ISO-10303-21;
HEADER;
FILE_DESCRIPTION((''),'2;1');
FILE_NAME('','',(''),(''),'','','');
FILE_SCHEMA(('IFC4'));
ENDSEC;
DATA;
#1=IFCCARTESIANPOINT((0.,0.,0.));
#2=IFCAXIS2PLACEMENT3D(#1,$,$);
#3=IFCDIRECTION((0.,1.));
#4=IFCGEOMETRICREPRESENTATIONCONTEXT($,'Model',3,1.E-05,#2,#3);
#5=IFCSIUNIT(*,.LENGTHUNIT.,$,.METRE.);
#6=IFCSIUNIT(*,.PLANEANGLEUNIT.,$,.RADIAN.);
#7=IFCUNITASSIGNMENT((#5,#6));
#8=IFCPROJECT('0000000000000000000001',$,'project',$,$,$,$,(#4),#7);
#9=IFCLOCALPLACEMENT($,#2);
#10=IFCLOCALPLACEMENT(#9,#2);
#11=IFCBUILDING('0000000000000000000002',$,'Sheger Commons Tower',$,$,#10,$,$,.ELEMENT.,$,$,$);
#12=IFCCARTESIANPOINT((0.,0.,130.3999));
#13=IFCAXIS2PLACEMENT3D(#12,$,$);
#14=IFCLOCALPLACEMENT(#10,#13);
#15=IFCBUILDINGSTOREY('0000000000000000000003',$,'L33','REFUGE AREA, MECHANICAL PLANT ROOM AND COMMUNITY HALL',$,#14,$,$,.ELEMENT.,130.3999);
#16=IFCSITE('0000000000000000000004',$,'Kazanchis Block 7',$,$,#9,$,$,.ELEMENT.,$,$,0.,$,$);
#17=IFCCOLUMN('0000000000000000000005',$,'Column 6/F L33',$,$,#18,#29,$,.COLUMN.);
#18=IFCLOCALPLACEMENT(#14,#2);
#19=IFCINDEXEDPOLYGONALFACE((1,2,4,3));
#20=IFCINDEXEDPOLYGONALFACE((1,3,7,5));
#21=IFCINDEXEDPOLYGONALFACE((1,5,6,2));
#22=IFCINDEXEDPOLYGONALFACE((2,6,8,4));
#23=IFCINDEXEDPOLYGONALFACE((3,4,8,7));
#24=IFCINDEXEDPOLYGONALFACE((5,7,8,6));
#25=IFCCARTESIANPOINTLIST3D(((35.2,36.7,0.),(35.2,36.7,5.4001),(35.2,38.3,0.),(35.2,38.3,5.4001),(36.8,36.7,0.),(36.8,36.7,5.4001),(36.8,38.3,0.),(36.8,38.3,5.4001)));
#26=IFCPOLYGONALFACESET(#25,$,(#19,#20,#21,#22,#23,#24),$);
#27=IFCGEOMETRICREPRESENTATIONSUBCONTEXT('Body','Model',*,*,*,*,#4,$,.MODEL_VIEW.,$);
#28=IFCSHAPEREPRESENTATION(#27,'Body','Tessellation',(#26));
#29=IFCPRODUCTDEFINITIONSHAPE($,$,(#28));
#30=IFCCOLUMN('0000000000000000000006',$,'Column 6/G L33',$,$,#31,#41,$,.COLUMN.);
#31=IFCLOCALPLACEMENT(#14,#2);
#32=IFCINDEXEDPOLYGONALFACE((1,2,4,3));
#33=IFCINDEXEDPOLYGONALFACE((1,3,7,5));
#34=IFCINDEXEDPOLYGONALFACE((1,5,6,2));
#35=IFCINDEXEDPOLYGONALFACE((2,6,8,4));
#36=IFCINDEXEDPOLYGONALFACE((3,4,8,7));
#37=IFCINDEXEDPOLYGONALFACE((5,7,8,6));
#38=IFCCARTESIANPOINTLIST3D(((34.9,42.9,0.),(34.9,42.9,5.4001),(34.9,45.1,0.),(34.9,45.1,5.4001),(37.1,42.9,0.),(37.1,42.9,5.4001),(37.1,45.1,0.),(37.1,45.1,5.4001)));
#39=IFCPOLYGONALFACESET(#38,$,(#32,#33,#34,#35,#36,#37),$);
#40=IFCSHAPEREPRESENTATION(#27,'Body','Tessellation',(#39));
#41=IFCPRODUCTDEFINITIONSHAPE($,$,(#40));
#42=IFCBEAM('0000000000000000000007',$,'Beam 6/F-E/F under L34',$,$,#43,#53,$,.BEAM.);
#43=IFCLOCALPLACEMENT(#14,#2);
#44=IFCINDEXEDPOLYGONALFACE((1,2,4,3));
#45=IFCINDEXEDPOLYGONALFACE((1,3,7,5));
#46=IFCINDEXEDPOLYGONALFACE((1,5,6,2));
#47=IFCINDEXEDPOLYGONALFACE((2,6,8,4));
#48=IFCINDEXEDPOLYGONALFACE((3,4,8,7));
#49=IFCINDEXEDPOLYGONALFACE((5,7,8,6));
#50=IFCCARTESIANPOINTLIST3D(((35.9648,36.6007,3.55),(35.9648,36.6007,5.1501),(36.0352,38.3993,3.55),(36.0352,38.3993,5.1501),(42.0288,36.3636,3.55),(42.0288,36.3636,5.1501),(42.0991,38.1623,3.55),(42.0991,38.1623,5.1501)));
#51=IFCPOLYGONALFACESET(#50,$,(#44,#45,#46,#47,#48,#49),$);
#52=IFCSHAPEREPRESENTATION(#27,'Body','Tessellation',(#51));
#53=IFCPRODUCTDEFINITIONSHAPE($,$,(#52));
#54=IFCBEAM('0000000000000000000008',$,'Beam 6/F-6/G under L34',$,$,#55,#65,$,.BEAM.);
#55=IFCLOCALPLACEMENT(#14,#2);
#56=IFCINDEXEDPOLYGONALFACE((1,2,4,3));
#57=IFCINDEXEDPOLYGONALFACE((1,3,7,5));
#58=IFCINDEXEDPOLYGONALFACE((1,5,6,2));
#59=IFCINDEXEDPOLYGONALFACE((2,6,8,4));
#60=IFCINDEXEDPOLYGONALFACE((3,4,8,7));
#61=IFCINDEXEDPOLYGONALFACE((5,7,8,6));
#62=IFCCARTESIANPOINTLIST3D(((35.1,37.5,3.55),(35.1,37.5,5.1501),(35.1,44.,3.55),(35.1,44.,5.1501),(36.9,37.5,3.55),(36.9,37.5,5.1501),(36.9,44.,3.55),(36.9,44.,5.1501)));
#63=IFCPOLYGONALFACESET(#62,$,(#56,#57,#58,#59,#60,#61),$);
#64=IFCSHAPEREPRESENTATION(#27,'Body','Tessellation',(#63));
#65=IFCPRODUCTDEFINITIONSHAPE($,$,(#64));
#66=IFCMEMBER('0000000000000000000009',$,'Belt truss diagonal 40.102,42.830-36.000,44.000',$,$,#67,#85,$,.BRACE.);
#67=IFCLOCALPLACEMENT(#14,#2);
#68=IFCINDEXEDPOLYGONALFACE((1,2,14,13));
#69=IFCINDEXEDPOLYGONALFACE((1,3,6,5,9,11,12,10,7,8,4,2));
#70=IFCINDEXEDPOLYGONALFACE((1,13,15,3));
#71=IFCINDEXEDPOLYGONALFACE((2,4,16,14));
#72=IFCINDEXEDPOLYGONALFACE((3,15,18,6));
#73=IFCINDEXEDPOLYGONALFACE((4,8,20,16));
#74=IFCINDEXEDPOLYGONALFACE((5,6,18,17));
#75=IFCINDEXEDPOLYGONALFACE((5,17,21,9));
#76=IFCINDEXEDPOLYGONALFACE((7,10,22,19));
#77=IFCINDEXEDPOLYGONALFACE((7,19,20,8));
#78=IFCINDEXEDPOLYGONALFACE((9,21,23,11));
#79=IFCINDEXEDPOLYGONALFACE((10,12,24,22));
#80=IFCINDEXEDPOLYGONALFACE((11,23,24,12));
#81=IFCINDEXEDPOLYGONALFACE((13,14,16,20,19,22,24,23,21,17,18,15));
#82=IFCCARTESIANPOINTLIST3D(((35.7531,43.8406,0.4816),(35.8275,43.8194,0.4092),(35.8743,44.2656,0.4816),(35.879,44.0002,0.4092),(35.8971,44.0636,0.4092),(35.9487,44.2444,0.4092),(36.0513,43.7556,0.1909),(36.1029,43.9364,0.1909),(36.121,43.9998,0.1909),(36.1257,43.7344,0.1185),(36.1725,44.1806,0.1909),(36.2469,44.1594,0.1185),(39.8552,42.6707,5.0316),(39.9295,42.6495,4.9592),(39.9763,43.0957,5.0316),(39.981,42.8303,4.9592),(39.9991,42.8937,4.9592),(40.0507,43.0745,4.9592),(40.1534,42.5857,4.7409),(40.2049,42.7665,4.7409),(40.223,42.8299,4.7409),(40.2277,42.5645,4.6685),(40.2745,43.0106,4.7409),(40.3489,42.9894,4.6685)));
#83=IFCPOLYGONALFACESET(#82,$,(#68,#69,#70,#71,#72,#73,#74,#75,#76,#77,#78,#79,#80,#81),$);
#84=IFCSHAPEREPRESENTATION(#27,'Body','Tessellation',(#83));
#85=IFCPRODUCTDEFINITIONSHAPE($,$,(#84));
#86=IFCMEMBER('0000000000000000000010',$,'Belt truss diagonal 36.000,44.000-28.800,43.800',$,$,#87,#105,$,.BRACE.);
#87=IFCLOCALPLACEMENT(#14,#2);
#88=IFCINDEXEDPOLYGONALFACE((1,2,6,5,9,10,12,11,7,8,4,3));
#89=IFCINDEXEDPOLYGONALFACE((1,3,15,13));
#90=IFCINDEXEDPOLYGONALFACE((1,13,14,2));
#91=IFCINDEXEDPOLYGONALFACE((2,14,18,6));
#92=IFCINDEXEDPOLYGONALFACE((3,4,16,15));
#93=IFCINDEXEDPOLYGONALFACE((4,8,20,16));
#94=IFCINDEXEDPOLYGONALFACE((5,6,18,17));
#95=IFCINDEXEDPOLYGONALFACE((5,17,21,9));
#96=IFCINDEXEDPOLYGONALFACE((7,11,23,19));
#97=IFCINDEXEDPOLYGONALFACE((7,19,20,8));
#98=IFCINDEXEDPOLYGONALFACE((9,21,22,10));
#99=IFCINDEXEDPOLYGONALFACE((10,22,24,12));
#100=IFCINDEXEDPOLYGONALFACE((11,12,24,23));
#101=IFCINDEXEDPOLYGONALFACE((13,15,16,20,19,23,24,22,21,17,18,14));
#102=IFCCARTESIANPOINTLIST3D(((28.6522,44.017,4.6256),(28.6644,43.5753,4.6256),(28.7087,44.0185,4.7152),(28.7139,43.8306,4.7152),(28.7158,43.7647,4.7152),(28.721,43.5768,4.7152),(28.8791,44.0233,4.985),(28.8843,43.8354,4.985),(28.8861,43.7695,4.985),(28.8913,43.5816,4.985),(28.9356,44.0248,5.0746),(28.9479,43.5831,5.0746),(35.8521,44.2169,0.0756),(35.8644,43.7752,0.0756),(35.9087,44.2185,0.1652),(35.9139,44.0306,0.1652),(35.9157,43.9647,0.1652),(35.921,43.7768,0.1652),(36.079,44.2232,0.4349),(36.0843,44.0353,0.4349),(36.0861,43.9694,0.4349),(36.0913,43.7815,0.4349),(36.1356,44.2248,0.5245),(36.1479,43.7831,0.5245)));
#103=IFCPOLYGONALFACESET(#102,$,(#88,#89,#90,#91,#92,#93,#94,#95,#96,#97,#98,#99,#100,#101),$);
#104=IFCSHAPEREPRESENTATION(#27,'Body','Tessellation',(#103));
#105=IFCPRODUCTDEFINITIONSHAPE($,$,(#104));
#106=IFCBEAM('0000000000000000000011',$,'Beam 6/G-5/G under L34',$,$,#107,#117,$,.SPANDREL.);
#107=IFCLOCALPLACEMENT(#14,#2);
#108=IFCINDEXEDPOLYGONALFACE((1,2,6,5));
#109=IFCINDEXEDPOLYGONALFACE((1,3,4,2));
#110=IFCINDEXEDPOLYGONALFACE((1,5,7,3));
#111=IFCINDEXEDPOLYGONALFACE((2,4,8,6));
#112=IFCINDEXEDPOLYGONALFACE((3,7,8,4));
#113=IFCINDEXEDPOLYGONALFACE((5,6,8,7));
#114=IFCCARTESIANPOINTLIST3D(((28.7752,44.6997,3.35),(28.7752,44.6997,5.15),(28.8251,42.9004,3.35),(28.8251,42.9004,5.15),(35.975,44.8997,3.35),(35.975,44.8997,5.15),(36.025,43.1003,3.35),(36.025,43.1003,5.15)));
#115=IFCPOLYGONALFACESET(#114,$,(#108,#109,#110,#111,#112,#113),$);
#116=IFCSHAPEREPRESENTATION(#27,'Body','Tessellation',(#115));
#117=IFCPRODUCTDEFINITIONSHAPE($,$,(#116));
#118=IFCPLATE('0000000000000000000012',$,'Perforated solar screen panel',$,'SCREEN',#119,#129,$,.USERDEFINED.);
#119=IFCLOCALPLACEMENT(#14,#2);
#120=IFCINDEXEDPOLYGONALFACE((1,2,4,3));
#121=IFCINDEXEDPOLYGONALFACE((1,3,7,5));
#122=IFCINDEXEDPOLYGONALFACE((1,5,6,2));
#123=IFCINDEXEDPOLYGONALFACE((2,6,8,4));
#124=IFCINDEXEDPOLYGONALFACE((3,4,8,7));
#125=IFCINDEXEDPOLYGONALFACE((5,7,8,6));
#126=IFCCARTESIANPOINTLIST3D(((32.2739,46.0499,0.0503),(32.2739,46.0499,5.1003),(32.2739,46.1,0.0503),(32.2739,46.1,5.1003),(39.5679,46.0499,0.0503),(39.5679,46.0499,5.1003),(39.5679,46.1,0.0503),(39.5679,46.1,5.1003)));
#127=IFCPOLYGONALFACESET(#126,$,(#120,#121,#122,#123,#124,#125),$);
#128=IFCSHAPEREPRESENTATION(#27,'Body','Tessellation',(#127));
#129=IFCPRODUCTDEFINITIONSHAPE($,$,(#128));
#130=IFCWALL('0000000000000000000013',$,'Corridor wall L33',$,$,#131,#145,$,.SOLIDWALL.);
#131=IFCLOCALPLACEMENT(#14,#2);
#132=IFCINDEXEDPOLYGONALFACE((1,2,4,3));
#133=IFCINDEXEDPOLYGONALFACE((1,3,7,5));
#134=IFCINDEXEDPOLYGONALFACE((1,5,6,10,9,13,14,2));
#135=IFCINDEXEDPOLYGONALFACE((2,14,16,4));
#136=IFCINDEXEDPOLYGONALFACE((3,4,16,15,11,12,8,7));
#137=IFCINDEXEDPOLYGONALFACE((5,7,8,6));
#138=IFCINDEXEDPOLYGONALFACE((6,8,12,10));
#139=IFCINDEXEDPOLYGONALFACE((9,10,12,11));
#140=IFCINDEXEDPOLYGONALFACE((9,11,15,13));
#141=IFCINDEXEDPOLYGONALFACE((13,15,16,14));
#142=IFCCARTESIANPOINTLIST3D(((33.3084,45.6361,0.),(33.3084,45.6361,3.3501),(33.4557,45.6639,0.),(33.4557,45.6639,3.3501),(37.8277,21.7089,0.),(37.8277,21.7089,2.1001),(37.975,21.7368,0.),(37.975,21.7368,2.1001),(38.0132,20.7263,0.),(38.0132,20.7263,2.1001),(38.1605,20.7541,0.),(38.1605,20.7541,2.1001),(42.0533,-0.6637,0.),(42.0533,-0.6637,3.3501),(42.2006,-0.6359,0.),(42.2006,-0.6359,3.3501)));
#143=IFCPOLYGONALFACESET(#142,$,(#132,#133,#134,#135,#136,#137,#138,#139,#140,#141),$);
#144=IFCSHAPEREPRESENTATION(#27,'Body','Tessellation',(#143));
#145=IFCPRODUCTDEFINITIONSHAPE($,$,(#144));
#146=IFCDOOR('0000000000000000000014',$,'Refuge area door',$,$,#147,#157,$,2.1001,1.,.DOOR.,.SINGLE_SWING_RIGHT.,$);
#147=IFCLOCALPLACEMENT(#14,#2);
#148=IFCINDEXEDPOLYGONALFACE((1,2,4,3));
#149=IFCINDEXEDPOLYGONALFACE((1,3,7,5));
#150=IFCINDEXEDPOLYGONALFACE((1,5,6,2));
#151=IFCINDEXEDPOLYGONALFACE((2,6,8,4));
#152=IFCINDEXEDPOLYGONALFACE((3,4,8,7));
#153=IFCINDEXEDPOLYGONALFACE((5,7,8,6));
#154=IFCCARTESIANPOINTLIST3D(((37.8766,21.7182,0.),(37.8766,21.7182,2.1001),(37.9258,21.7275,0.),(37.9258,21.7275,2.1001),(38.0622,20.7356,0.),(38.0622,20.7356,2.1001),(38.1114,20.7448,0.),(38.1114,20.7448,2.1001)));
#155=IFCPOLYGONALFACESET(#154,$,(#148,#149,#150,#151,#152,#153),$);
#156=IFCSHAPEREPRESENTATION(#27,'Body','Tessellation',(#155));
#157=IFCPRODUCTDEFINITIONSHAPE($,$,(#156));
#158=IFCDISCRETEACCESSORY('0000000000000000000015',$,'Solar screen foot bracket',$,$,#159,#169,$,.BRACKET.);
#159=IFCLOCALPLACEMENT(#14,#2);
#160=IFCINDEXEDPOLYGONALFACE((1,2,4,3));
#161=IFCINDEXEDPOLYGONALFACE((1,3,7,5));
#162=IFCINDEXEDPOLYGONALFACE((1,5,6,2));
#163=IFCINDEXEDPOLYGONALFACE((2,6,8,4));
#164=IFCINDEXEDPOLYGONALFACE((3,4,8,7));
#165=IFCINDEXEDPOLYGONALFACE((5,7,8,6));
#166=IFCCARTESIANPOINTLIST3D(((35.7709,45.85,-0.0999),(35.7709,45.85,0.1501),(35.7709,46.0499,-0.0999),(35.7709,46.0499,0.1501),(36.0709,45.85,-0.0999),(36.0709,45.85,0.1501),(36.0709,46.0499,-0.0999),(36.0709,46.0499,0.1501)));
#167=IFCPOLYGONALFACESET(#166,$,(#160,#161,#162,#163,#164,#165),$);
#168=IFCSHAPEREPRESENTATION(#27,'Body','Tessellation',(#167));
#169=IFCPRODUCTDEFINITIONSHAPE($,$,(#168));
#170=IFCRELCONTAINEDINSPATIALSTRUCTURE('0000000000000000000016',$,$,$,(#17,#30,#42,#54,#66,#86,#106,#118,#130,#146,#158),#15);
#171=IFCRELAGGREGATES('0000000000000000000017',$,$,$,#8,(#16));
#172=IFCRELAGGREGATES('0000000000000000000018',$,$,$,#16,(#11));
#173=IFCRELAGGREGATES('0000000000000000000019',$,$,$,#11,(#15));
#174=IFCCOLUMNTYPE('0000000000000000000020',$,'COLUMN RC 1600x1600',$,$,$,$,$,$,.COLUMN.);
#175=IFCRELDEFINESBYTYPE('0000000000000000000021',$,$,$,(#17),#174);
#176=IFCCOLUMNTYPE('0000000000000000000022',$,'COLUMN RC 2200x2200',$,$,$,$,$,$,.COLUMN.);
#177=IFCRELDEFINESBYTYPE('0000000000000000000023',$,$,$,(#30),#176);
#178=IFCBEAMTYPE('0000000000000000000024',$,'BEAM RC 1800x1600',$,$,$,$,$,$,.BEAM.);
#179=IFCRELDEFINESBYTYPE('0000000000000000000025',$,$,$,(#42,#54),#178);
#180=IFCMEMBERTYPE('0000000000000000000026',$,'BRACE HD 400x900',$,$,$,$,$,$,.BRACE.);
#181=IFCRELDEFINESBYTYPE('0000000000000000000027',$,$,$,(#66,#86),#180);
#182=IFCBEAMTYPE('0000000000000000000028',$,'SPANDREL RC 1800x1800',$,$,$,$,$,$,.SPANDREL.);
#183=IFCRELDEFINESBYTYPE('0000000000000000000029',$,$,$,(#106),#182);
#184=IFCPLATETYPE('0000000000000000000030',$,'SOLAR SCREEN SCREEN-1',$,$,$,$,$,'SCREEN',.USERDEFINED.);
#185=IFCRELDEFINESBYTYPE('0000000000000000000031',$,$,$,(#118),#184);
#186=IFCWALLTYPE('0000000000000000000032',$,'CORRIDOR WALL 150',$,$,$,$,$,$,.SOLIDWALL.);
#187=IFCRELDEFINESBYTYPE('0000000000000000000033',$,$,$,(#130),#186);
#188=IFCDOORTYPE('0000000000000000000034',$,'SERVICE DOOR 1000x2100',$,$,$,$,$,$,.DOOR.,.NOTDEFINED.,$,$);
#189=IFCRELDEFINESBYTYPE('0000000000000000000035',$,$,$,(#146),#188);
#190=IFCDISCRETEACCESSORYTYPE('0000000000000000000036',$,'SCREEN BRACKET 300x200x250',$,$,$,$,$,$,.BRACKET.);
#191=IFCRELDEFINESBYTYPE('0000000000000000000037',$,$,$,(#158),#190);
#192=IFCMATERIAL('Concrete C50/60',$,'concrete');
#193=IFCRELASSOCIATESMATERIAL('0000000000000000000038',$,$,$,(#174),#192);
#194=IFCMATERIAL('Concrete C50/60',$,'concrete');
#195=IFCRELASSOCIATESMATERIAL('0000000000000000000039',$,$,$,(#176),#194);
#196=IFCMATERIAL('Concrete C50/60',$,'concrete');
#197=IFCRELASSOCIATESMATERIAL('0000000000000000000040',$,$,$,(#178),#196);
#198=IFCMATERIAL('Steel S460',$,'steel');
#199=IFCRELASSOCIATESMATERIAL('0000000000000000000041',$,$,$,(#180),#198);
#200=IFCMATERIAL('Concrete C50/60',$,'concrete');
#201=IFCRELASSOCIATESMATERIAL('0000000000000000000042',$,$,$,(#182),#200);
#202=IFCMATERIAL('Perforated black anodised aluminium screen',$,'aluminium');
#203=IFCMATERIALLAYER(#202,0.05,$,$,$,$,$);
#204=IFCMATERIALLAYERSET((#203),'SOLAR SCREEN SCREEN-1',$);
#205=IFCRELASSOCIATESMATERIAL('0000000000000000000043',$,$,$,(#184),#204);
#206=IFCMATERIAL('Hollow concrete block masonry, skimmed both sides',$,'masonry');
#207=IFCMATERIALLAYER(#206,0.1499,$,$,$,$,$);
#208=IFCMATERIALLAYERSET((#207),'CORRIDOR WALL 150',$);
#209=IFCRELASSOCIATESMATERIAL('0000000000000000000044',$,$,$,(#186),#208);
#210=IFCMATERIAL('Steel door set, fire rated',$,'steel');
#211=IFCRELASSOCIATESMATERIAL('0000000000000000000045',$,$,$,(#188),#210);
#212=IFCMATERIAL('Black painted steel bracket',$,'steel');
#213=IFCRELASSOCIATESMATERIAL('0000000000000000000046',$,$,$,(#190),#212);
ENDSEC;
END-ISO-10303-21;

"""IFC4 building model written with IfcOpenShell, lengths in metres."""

from ifc_helpers import new_model, si_unit, direction, frame, frame_2d, origin, origin_2d, place, context, subcontext, project, spatial, rectangle, i_section, extrude, material, layer, layer_set, material_profile, profile_set, type_object, element, fill, save


model = new_model("IFC4")

# Units and contexts
model_context = context("Model", 3, precision=1e-05, world=origin(), true_north=direction((0.0, 1.0)))
body_context = subcontext(model_context, "Body", "Model", "MODEL_VIEW")
ifc_project = project(units=[si_unit("LENGTHUNIT", "METRE"), si_unit("PLANEANGLEUNIT", "RADIAN")], contexts=[model_context])

# Site, building, storey
site_placement = place(None, origin())
site = spatial("IfcSite", under=ifc_project, at=site_placement, Name="Kazanchis Block 7", CompositionType="ELEMENT", RefElevation=0.0)
building_placement = place(site_placement, origin())
building = spatial("IfcBuilding", under=site, at=building_placement, Name="Sheger Commons Tower", CompositionType="ELEMENT")
storey_placement = place(building_placement, frame((0.0, 0.0, 130.3999)))
storey = spatial("IfcBuildingStorey", under=building, at=storey_placement, Name="L33", Description="REFUGE AREA, MECHANICAL PLANT ROOM AND COMMUNITY HALL", CompositionType="ELEMENT", Elevation=130.3999)

# Columns
ifc_material_1 = material(Name="Concrete C50/60", Category="concrete")
ifc_material_profile_1 = material_profile(ifc_material_1, rectangle(XDim=1.6001, YDim=1.6001, at=origin_2d()), Name="RC 1600x1600")
ifc_profile_set_1 = profile_set([ifc_material_profile_1], Name="Concrete C50/60")
column_type_1 = type_object("IfcColumnType", Name="COLUMN RC 1600x1600", PredefinedType="COLUMN", material=ifc_profile_set_1)
column_1_placement = place(storey_placement, frame((36.0, 37.5, 0.0), z_axis=(0.0, 0.0, 1.0), x_axis=(1.0, 0.0, 0.0)))
element("IfcColumn", 1, at=column_1_placement, inside=storey, type_object=column_type_1, Name="Column 6/F L33", PredefinedType="COLUMN", context=body_context, shape_type="SweptSolid", body=[
    extrude(rectangle(XDim=1.6001, YDim=1.6001, at=origin_2d()), origin(), (0.0, 0.0, 1.0), 5.4001),
])
ifc_material_2 = material(Name="Concrete C50/60", Category="concrete")
ifc_material_profile_2 = material_profile(ifc_material_2, rectangle(XDim=2.2, YDim=2.2, at=origin_2d()), Name="RC 2200x2200")
ifc_profile_set_2 = profile_set([ifc_material_profile_2], Name="Concrete C50/60")
column_type_2 = type_object("IfcColumnType", Name="COLUMN RC 2200x2200", PredefinedType="COLUMN", material=ifc_profile_set_2)
column_2_placement = place(storey_placement, frame((36.0, 44.0, 0.0), z_axis=(0.0, 0.0, 1.0), x_axis=(1.0, 0.0, 0.0)))
element("IfcColumn", 2, at=column_2_placement, inside=storey, type_object=column_type_2, Name="Column 6/G L33", PredefinedType="COLUMN", context=body_context, shape_type="SweptSolid", body=[
    extrude(rectangle(XDim=2.2, YDim=2.2, at=origin_2d()), origin(), (0.0, 0.0, 1.0), 5.4001),
])

# Beams
ifc_material_3 = material(Name="Concrete C50/60", Category="concrete")
ifc_material_profile_3 = material_profile(ifc_material_3, rectangle(XDim=1.8, YDim=1.6001, at=origin_2d()), Name="RC 1800x1600")
ifc_profile_set_3 = profile_set([ifc_material_profile_3], Name="Concrete C50/60")
beam_type_1 = type_object("IfcBeamType", Name="BEAM RC 1800x1600", PredefinedType="BEAM", material=ifc_profile_set_3)
beam_1_placement = place(storey_placement, frame((36.0, 37.5, 4.3501), z_axis=(0.999237, -0.039063, 0.0), x_axis=(0.039063, 0.999237, 0.0)))
element("IfcBeam", 3, at=beam_1_placement, inside=storey, type_object=beam_type_1, Name="Beam 6/F-E/F under L34", PredefinedType="BEAM", context=body_context, shape_type="SweptSolid", body=[
    extrude(rectangle(XDim=1.8, YDim=1.6001, at=origin_2d()), origin(), (0.0, 0.0, 1.0), 6.0686),
])
beam_2_placement = place(storey_placement, frame((36.0, 37.5, 4.3501), z_axis=(0.0, 1.0, 0.0), x_axis=(-1.0, 0.0, 0.0)))
element("IfcBeam", 4, at=beam_2_placement, inside=storey, type_object=beam_type_1, Name="Beam 6/F-6/G under L34", PredefinedType="BEAM", context=body_context, shape_type="SweptSolid", body=[
    extrude(rectangle(XDim=1.8, YDim=1.6001, at=origin_2d()), origin(), (0.0, 0.0, 1.0), 6.5),
])

# Members
ifc_material_4 = material(Name="Steel S460", Category="steel")
ifc_material_profile_4 = material_profile(ifc_material_4, i_section(OverallWidth=0.4419, OverallDepth=0.531, WebThickness=0.0659, FlangeThickness=0.106, at=origin_2d()), Name="HD 400x900")
ifc_profile_set_4 = profile_set([ifc_material_profile_4], Name="Steel S460")
member_type = type_object("IfcMemberType", Name="BRACE HD 400x900", PredefinedType="BRACE", material=ifc_profile_set_4)
member_1_placement = place(storey_placement, frame((36.0, 44.0, 0.3), z_axis=(0.65771, -0.187582, 0.729541), x_axis=(0.274268, 0.961653, 0.0)))
element("IfcMember", 5, at=member_1_placement, inside=storey, type_object=member_type, Name="Belt truss diagonal 40.102,42.830-36.000,44.000", PredefinedType="BRACE", context=body_context, shape_type="SweptSolid", body=[
    extrude(i_section(OverallWidth=0.4419, OverallDepth=0.531, WebThickness=0.0659, FlangeThickness=0.106, at=origin_2d()), origin(), (0.0, 0.0, 1.0), 6.2368),
])
member_2_placement = place(storey_placement, frame((36.0, 44.0, 0.3), z_axis=(-0.845112, -0.02347, 0.534073), x_axis=(0.02776, -0.999615, 0.0)))
element("IfcMember", 6, at=member_2_placement, inside=storey, type_object=member_type, Name="Belt truss diagonal 36.000,44.000-28.800,43.800", PredefinedType="BRACE", context=body_context, shape_type="SweptSolid", body=[
    extrude(i_section(OverallWidth=0.4419, OverallDepth=0.531, WebThickness=0.0659, FlangeThickness=0.106, at=origin_2d()), origin(), (0.0, 0.0, 1.0), 8.5195),
])

# Beam
ifc_material_5 = material(Name="Concrete C50/60", Category="concrete")
ifc_material_profile_5 = material_profile(ifc_material_5, rectangle(XDim=1.8, YDim=1.8, at=origin_2d()), Name="RC 1800x1800")
ifc_profile_set_5 = profile_set([ifc_material_profile_5], Name="Concrete C50/60")
beam_type_2 = type_object("IfcBeamType", Name="SPANDREL RC 1800x1800", PredefinedType="SPANDREL", material=ifc_profile_set_5)
beam_3_placement = place(storey_placement, frame((36.0, 44.0, 4.25), z_axis=(-0.999615, -0.02776, 0.0), x_axis=(0.02776, -0.999615, 0.0)))
element("IfcBeam", 7, at=beam_3_placement, inside=storey, type_object=beam_type_2, Name="Beam 6/G-5/G under L34", PredefinedType="SPANDREL", context=body_context, shape_type="SweptSolid", body=[
    extrude(rectangle(XDim=1.8, YDim=1.8, at=origin_2d()), origin(), (0.0, 0.0, 1.0), 7.2026),
])

# Plate
ifc_material_6 = material(Name="Perforated black anodised aluminium screen", Category="aluminium")
ifc_layer_1 = layer(ifc_material_6, 0.05)
ifc_layer_set_1 = layer_set([ifc_layer_1], Name="SOLAR SCREEN SCREEN-1")
plate_type = type_object("IfcPlateType", Name="SOLAR SCREEN SCREEN-1", ElementType="SCREEN", PredefinedType="USERDEFINED", material=ifc_layer_set_1)
plate_placement = place(storey_placement, frame((35.9209, 46.075, 0.0503), z_axis=(0.0, 0.0, 1.0), x_axis=(-1.0, 0.0, 0.0)))
element("IfcPlate", 8, at=plate_placement, inside=storey, type_object=plate_type, Name="Perforated solar screen panel", ObjectType="SCREEN", PredefinedType="USERDEFINED", context=body_context, shape_type="SweptSolid", body=[
    extrude(rectangle(XDim=7.2939, YDim=0.05, at=origin_2d()), origin(), (0.0, 0.0, 1.0), 5.05),
])

# Wall, opening, door
ifc_material_7 = material(Name="Hollow concrete block masonry, skimmed both sides", Category="masonry")
ifc_layer_2 = layer(ifc_material_7, 0.1499)
ifc_layer_set_2 = layer_set([ifc_layer_2], Name="CORRIDOR WALL 150")
wall_type = type_object("IfcWallType", Name="CORRIDOR WALL 150", PredefinedType="SOLIDWALL", material=ifc_layer_set_2)
wall_placement = place(storey_placement, frame((33.3821, 45.6499, 0.0), z_axis=(0.0, 0.0, 1.0), x_axis=(0.185594, -0.982627, 0.0)))
wall = element("IfcWall", 9, at=wall_placement, inside=storey, type_object=wall_type, Name="Corridor wall L33", PredefinedType="SOLIDWALL", context=body_context, shape_type="SweptSolid", body=[
    extrude(rectangle(XDim=47.1184, YDim=0.1499, at=frame_2d((23.5591, 0.0))), origin(), (0.0, 0.0, 1.0), 3.3501),
])
opening_placement = place(wall_placement, frame((24.3501, 0.0, 0.0)))
opening = element("IfcOpeningElement", 10, at=opening_placement, cuts=wall, PredefinedType="OPENING", context=body_context, shape_type="SweptSolid", body=[
    extrude(rectangle(XDim=1.0, YDim=2.1001, at=frame_2d((0.5, 1.05))), frame((0.0, 0.085, 0.0), z_axis=(0.0, -1.0, 0.0), x_axis=(1.0, 0.0, 0.0)), (0.0, 0.0, 1.0), 0.1699),
])
ifc_material_8 = material(Name="Steel door set, fire rated", Category="steel")
door_type = type_object("IfcDoorType", Name="SERVICE DOOR 1000x2100", OperationType="NOTDEFINED", PredefinedType="DOOR", material=ifc_material_8)
door_placement = place(opening_placement, origin())
door = element("IfcDoor", 11, at=door_placement, inside=storey, type_object=door_type, Name="Refuge area door", OperationType="SINGLE_SWING_RIGHT", OverallHeight=2.1001, OverallWidth=1.0, PredefinedType="DOOR", context=body_context, shape_type="SweptSolid", body=[
    extrude(rectangle(XDim=1.0, YDim=2.1001, at=frame_2d((0.5, 1.05))), frame((0.0, 0.0249, 0.0), z_axis=(0.0, -1.0, 0.0), x_axis=(1.0, 0.0, 0.0)), (0.0, 0.0, 1.0), 0.05),
])
fill(opening, door)

# Discrete accessory
ifc_material_9 = material(Name="Black painted steel bracket", Category="steel")
discrete_accessory_type = type_object("IfcDiscreteAccessoryType", Name="SCREEN BRACKET 300x200x250", PredefinedType="BRACKET", material=ifc_material_9)
for number, where, z_axis, x_axis, name in (
    (12, (35.9209, 45.95, -0.0999), (0.0, 0.0, 1.0), (-1.0, 0.0, 0.0), "Solar screen foot bracket"),
):
    element("IfcDiscreteAccessory", number, at=place(storey_placement, frame(where, z_axis=z_axis, x_axis=x_axis)), inside=storey, type_object=discrete_accessory_type, Name=name, PredefinedType="BRACKET", context=body_context, shape_type="SweptSolid", body=[
        extrude(rectangle(XDim=0.3, YDim=0.2, at=origin_2d()), origin(), (0.0, 0.0, 1.0), 0.25),
    ])

save(model, "model.ifc")
